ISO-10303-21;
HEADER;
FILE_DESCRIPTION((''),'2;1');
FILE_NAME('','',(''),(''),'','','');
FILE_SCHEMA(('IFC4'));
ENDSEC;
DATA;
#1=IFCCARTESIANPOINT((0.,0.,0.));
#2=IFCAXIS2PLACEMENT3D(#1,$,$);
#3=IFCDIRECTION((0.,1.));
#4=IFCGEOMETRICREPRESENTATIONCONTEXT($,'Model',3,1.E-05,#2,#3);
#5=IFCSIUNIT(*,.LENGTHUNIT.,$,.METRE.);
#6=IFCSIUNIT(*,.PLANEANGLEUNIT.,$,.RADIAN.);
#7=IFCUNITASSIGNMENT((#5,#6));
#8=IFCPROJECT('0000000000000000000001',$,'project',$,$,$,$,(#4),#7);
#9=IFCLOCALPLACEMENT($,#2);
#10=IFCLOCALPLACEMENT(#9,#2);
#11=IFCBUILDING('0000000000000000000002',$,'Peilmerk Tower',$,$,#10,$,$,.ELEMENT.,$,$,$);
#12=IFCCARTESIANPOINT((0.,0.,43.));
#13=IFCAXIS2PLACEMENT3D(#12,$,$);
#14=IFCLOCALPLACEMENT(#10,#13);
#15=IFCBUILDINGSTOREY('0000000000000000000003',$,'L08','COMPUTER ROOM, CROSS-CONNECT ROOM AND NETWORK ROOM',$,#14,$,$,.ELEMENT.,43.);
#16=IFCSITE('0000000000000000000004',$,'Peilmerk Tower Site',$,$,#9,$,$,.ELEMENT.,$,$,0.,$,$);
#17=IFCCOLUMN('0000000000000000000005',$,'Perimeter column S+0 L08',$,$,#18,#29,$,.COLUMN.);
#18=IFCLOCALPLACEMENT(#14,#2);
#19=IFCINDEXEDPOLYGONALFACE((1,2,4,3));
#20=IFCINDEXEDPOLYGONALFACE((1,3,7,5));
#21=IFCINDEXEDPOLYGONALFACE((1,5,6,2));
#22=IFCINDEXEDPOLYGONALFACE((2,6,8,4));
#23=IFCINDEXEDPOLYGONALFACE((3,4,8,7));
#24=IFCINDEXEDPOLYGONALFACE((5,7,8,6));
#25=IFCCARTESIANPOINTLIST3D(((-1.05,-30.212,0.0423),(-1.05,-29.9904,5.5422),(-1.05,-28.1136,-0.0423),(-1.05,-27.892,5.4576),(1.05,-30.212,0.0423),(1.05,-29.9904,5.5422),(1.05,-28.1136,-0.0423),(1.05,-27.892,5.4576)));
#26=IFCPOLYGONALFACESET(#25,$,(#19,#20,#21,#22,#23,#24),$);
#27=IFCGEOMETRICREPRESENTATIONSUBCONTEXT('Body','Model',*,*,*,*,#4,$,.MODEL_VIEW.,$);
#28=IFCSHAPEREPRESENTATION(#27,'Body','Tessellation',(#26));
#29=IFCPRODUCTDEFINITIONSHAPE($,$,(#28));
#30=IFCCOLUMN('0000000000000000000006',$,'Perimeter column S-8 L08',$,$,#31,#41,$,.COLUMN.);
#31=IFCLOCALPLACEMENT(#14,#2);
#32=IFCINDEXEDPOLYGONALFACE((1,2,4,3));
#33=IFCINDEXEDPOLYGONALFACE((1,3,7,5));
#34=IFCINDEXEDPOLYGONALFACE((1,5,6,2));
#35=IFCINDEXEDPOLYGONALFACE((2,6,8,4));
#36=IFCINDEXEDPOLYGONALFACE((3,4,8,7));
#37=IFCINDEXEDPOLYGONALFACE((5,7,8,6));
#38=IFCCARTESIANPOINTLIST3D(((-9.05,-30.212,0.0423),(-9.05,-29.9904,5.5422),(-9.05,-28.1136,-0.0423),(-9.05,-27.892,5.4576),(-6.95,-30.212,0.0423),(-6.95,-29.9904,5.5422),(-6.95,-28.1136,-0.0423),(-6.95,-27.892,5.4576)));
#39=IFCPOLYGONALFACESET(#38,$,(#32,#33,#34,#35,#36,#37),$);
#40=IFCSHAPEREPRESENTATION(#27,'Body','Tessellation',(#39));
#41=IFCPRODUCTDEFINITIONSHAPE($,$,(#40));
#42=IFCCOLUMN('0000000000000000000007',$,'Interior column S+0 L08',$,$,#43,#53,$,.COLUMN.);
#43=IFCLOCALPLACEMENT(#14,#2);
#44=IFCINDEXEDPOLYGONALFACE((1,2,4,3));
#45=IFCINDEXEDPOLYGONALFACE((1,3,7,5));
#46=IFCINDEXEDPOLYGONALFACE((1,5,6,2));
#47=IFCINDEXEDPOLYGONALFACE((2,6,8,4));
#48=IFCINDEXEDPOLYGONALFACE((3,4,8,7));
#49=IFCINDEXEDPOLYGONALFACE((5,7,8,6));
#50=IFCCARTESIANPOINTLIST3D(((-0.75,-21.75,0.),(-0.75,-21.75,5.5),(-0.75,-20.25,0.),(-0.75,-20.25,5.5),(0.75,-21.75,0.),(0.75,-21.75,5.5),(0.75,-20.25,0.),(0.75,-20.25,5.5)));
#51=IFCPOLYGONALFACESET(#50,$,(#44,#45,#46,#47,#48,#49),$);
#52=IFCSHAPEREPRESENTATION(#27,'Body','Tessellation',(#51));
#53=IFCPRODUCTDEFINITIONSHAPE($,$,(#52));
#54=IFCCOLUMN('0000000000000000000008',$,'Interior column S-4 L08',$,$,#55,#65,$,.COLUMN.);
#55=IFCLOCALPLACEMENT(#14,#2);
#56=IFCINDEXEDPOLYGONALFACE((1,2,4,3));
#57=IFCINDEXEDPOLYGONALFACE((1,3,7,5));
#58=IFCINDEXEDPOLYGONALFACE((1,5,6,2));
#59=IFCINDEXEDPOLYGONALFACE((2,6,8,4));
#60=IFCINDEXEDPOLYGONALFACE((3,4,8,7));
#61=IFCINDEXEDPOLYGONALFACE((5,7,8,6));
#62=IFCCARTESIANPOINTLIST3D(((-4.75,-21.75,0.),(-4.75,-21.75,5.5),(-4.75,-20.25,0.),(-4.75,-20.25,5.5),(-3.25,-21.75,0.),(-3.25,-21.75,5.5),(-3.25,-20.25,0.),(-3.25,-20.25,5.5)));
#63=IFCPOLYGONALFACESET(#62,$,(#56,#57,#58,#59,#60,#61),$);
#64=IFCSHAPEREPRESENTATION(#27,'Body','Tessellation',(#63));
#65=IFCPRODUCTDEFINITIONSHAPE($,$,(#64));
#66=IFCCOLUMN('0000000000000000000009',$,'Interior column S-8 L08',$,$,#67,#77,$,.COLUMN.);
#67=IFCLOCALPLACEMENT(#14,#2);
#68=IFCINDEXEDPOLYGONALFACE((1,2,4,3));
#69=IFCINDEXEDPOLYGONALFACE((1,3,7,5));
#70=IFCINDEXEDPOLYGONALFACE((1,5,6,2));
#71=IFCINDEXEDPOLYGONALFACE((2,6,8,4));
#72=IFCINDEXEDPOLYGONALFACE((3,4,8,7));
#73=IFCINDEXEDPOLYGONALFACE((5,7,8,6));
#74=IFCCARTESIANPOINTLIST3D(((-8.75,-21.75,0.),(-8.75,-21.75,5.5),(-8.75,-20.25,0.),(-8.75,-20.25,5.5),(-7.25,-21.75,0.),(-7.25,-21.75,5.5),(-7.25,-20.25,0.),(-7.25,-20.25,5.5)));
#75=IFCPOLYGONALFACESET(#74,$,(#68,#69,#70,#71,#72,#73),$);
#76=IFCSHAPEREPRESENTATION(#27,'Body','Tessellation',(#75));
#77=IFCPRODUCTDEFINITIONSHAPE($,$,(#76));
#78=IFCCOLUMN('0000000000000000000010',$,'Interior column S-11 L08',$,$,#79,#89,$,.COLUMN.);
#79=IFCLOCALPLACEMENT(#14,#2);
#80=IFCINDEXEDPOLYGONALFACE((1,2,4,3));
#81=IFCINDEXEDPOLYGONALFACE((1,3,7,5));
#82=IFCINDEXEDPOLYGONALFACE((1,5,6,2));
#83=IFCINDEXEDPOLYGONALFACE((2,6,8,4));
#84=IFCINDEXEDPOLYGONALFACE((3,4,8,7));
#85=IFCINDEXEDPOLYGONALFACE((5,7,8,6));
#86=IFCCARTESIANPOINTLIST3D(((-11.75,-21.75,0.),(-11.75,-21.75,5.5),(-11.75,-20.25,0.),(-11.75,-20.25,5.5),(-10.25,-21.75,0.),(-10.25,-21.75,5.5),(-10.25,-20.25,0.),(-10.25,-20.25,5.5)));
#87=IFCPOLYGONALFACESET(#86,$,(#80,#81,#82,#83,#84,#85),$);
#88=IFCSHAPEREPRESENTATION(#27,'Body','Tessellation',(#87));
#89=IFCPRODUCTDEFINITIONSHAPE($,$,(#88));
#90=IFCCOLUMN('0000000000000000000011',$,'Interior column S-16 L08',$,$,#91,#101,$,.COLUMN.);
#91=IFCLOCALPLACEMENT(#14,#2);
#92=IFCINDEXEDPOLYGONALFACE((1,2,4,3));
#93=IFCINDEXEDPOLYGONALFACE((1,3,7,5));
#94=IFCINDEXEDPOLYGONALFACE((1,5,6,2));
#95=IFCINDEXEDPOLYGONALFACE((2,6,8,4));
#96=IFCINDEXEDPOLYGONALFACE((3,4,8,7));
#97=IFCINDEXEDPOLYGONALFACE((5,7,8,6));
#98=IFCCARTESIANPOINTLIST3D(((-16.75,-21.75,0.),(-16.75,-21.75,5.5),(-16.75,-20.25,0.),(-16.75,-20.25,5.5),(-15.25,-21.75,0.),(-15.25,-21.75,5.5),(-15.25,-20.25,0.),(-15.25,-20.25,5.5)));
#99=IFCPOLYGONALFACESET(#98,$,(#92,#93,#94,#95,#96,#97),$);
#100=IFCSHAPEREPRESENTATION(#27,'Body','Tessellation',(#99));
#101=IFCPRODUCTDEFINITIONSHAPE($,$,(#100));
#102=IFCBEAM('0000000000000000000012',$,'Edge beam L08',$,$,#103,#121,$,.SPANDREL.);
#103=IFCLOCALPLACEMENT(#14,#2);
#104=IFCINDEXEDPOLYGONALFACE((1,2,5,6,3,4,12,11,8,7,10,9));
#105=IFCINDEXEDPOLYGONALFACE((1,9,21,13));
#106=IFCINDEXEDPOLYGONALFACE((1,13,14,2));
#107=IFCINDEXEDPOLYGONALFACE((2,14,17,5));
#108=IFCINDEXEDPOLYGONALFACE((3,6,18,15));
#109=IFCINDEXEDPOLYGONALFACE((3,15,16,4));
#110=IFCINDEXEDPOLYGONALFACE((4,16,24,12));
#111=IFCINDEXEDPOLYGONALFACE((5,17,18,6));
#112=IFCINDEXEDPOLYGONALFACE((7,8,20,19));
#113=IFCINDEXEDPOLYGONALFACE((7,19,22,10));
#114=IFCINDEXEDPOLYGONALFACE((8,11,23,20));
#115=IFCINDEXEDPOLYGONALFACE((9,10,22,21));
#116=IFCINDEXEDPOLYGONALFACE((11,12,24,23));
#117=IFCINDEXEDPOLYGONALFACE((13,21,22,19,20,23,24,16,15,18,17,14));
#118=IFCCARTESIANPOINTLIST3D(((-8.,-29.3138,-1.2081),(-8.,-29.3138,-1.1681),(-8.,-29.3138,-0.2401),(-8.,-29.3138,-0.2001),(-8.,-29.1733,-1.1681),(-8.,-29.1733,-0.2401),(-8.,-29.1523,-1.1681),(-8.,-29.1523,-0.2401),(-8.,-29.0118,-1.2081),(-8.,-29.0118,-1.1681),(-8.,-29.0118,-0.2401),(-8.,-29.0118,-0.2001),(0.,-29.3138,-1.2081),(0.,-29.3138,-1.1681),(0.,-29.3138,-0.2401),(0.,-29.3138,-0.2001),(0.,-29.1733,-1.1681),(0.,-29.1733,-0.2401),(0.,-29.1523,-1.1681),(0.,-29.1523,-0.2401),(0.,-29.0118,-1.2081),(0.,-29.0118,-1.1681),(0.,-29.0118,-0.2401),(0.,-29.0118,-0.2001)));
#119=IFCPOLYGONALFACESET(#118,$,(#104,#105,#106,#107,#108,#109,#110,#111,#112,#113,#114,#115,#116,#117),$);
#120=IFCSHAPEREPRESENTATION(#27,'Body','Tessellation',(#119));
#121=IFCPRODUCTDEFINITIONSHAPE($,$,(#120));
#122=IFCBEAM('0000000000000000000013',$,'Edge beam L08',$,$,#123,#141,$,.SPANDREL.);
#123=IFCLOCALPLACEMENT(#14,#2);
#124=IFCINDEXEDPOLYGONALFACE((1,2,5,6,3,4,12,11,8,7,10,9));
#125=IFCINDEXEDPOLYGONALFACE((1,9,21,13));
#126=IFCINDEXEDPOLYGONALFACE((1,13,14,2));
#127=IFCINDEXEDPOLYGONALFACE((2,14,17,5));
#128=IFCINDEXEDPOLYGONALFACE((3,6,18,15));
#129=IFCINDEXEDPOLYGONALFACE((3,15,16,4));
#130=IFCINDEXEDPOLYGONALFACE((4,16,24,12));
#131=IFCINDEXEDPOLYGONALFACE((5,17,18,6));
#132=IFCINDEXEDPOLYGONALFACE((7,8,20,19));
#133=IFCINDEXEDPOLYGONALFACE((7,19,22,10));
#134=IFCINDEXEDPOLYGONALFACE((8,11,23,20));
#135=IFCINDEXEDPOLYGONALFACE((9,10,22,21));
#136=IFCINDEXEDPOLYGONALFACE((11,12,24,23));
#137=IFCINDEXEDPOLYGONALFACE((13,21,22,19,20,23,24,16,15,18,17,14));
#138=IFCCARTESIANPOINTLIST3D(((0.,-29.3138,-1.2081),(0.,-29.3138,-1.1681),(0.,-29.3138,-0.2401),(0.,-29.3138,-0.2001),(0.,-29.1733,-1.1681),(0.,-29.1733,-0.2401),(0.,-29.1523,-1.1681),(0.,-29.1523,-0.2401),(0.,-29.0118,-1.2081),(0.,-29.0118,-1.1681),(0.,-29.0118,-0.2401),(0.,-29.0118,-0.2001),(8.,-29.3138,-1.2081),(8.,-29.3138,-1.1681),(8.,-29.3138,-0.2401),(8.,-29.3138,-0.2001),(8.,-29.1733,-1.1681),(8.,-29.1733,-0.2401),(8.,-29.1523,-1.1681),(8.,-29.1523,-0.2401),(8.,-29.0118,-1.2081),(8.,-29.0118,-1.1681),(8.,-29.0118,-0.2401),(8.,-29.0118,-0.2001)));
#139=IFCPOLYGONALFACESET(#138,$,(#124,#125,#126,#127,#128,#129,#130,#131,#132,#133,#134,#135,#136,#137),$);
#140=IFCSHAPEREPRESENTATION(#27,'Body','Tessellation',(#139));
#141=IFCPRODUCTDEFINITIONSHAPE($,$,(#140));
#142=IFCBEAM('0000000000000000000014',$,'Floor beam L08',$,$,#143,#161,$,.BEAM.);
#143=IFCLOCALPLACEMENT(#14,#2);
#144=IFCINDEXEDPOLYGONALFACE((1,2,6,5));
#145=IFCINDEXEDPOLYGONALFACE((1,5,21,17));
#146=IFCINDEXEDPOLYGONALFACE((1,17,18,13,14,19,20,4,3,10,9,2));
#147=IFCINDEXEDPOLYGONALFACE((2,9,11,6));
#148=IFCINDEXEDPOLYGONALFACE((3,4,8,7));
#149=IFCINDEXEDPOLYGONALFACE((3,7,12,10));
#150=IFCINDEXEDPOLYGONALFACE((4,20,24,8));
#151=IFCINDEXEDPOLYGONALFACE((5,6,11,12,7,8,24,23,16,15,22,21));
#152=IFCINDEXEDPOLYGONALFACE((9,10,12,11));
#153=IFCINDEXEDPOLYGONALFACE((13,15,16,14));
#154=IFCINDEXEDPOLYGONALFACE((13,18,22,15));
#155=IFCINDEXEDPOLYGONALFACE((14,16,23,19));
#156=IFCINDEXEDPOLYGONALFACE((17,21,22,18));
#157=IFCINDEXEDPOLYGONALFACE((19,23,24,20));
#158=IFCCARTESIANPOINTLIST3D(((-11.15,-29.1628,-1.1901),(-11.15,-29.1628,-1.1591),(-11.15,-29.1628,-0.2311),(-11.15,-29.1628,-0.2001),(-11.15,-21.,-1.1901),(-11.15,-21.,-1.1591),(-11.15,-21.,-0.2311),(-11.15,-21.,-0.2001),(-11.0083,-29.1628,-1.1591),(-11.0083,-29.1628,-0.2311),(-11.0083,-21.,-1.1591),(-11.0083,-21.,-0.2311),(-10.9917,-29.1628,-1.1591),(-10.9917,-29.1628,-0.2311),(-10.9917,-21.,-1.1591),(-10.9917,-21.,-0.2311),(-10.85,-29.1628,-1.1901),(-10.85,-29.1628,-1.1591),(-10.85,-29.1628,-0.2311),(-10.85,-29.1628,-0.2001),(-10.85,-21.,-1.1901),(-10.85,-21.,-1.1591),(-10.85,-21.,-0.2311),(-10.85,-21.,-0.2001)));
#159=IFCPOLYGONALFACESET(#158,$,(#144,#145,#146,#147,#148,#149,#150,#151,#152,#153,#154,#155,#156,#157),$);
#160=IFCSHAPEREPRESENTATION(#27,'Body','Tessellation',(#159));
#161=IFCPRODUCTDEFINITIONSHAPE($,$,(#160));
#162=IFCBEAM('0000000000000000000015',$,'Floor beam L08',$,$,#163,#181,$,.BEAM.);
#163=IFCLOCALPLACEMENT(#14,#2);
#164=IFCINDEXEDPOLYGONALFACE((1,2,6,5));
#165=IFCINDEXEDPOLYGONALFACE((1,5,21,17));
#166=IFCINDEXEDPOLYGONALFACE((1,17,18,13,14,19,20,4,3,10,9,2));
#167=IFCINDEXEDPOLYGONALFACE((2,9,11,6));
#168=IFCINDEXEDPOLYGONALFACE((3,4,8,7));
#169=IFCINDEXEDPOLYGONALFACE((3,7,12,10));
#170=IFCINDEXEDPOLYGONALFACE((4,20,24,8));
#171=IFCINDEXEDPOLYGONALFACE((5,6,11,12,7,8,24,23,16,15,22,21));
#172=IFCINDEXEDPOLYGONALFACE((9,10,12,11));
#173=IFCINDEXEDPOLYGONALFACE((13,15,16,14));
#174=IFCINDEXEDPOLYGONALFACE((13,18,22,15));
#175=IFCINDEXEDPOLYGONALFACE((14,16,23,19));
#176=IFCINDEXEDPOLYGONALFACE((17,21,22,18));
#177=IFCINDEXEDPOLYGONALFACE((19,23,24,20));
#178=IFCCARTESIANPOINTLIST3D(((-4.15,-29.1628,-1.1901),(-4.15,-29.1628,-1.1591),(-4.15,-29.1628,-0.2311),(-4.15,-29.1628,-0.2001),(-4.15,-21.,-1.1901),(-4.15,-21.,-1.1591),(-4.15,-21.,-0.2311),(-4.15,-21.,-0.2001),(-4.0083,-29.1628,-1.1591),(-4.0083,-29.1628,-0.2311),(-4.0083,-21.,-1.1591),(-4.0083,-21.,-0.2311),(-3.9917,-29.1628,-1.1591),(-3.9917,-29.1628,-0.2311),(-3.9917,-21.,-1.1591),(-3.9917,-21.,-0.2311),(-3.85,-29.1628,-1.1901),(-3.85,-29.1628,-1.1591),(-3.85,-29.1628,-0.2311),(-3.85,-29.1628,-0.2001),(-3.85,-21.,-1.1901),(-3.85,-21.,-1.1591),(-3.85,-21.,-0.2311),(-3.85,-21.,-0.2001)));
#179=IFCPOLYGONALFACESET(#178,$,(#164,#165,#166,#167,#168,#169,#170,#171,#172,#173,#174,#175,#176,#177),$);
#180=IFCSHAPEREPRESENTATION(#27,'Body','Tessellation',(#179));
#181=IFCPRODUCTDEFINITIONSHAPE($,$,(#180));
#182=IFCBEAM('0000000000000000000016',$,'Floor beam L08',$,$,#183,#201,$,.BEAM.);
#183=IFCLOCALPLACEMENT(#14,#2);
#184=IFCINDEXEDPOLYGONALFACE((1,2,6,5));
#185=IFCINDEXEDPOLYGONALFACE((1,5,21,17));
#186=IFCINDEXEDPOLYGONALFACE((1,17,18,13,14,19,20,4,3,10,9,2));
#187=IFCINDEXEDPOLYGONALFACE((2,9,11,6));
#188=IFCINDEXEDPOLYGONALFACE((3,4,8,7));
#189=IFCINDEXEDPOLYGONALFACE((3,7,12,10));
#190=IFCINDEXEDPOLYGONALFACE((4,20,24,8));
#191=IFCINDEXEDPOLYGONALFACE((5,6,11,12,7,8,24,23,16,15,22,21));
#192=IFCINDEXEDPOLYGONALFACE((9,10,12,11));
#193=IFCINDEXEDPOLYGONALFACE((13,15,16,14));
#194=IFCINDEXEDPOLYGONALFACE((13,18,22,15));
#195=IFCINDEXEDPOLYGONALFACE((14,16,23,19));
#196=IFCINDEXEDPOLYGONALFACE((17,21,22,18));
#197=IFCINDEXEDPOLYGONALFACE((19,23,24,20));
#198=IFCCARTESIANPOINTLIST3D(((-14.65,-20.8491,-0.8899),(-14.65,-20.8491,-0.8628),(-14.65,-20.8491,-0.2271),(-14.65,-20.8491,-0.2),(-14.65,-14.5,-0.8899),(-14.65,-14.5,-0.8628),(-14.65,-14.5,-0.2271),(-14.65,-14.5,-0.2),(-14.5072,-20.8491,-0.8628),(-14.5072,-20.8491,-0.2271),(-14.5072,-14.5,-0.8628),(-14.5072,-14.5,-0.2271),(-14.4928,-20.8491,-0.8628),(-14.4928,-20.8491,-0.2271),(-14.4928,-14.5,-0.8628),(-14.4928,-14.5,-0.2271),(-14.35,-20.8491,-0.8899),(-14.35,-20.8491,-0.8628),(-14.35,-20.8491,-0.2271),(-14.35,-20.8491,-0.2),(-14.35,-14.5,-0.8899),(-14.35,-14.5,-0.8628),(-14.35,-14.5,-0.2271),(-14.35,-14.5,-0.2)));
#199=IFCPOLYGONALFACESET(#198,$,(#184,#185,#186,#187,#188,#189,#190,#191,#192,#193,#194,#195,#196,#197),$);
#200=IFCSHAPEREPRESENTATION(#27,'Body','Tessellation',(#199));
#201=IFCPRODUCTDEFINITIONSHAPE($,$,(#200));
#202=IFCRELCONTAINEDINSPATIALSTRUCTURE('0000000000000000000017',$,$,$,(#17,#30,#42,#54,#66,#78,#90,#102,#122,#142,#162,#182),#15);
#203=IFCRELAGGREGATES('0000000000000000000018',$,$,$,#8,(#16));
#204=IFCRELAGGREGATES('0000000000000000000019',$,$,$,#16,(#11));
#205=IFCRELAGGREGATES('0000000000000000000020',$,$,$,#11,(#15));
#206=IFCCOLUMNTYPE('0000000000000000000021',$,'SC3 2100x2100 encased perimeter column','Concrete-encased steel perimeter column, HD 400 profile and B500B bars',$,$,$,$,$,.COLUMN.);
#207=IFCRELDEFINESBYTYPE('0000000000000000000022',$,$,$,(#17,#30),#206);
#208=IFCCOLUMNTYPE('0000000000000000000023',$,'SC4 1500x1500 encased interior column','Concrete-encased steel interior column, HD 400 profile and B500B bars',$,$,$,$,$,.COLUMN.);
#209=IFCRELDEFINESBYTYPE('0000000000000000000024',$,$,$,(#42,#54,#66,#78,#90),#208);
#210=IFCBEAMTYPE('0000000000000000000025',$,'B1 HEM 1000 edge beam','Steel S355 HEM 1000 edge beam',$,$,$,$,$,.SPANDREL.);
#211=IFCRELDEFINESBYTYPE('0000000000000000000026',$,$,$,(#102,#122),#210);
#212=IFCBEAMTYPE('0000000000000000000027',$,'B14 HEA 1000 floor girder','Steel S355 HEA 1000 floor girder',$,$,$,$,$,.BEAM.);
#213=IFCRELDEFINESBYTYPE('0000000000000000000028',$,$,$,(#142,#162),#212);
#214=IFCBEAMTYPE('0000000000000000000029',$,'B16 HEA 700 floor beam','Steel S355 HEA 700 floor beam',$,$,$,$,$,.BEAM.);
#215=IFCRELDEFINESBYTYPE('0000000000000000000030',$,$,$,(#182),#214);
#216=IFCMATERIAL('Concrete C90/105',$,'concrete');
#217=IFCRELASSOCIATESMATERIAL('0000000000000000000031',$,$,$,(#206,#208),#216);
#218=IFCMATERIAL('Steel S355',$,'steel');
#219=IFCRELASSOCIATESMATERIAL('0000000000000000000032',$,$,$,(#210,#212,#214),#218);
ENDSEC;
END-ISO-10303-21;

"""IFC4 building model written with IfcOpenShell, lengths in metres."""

from ifc_helpers import new_model, si_unit, direction, frame, origin, origin_2d, place, context, subcontext, project, spatial, rectangle, i_section, extrude, material, material_profile, profile_set, type_object, element, save


model = new_model("IFC4")

# Units and contexts
model_context = context("Model", 3, precision=1e-05, world=origin(), true_north=direction((0.0, 1.0)))
body_context = subcontext(model_context, "Body", "Model", "MODEL_VIEW")
ifc_project = project(units=[si_unit("LENGTHUNIT", "METRE"), si_unit("PLANEANGLEUNIT", "RADIAN")], contexts=[model_context])

# Site, building, storey
site_placement = place(None, origin())
site = spatial("IfcSite", under=ifc_project, at=site_placement, Name="Peilmerk Tower Site", CompositionType="ELEMENT", RefElevation=0.0)
building_placement = place(site_placement, origin())
building = spatial("IfcBuilding", under=site, at=building_placement, Name="Peilmerk Tower", CompositionType="ELEMENT")
storey_placement = place(building_placement, frame((0.0, 0.0, 43.0)))
storey = spatial("IfcBuildingStorey", under=building, at=storey_placement, Name="L08", Description="COMPUTER ROOM, CROSS-CONNECT ROOM AND NETWORK ROOM", CompositionType="ELEMENT", Elevation=43.0)

# Columns
ifc_material_1 = material(Name="Concrete C90/105", Category="concrete")
ifc_material_profile_1 = material_profile(ifc_material_1, rectangle(XDim=2.1001, YDim=2.1001, at=origin_2d()), Name="RC 2100x2100")
ifc_profile_set_1 = profile_set([ifc_material_profile_1], Name="Concrete C90/105")
column_type_1 = type_object("IfcColumnType", Name="SC3 2100x2100 encased perimeter column", Description="Concrete-encased steel perimeter column, HD 400 profile and B500B bars", PredefinedType="COLUMN", material=ifc_profile_set_1)
for number, where, z_axis, x_axis, name in (
    (1, (0.0, -29.1628, 0.0), (0.0, 0.040273, 0.999189), (-1.0, 0.0, 0.0), "Perimeter column S+0 L08"),
    (2, (-8.0, -29.1628, 0.0), (0.0, 0.040273, 0.999189), (-1.0, 0.0, 0.0), "Perimeter column S-8 L08"),
):
    element("IfcColumn", number, at=place(storey_placement, frame(where, z_axis=z_axis, x_axis=x_axis)), inside=storey, type_object=column_type_1, Name=name, PredefinedType="COLUMN", context=body_context, shape_type="SweptSolid", body=[
        extrude(rectangle(XDim=2.1001, YDim=2.1001, at=origin_2d()), origin(), (0.0, 0.0, 1.0), 5.5044),
    ])
ifc_material_profile_2 = material_profile(ifc_material_1, rectangle(XDim=1.5, YDim=1.5, at=origin_2d()), Name="RC 1500x1500")
ifc_profile_set_2 = profile_set([ifc_material_profile_2], Name="Concrete C90/105")
column_type_2 = type_object("IfcColumnType", Name="SC4 1500x1500 encased interior column", Description="Concrete-encased steel interior column, HD 400 profile and B500B bars", PredefinedType="COLUMN", material=ifc_profile_set_2)
for number, where, z_axis, x_axis, name in (
    (3, (0.0, -21.0, 0.0), (0.0, 0.0, 1.0), (1.0, 0.0, 0.0), "Interior column S+0 L08"),
    (4, (-4.0, -21.0, 0.0), (0.0, 0.0, 1.0), (1.0, 0.0, 0.0), "Interior column S-4 L08"),
    (5, (-8.0, -21.0, 0.0), (0.0, 0.0, 1.0), (1.0, 0.0, 0.0), "Interior column S-8 L08"),
    (6, (-11.0, -21.0, 0.0), (0.0, 0.0, 1.0), (1.0, 0.0, 0.0), "Interior column S-11 L08"),
    (7, (-16.0, -21.0, 0.0), (0.0, 0.0, 1.0), (1.0, 0.0, 0.0), "Interior column S-16 L08"),
):
    element("IfcColumn", number, at=place(storey_placement, frame(where, z_axis=z_axis, x_axis=x_axis)), inside=storey, type_object=column_type_2, Name=name, PredefinedType="COLUMN", context=body_context, shape_type="SweptSolid", body=[
        extrude(rectangle(XDim=1.5, YDim=1.5, at=origin_2d()), origin(), (0.0, 0.0, 1.0), 5.5),
    ])

# Beams
ifc_material_2 = material(Name="Steel S355", Category="steel")
ifc_material_profile_3 = material_profile(ifc_material_2, i_section(OverallWidth=0.302, OverallDepth=1.0081, WebThickness=0.021, FlangeThickness=0.04, at=origin_2d()), Name="HEM 1000")
ifc_profile_set_3 = profile_set([ifc_material_profile_3], Name="Steel S355")
beam_type_1 = type_object("IfcBeamType", Name="B1 HEM 1000 edge beam", Description="Steel S355 HEM 1000 edge beam", PredefinedType="SPANDREL", material=ifc_profile_set_3)
for number, where, z_axis, x_axis, name in (
    (8, (-8.0, -29.1628, -0.7041), (1.0, 0.0, 0.0), (0.0, 1.0, 0.0), "Edge beam L08"),
    (9, (0.0, -29.1628, -0.7041), (1.0, 0.0, 0.0), (0.0, 1.0, 0.0), "Edge beam L08"),
):
    element("IfcBeam", number, at=place(storey_placement, frame(where, z_axis=z_axis, x_axis=x_axis)), inside=storey, type_object=beam_type_1, Name=name, PredefinedType="SPANDREL", context=body_context, shape_type="SweptSolid", body=[
        extrude(i_section(OverallWidth=0.302, OverallDepth=1.0081, WebThickness=0.021, FlangeThickness=0.04, at=origin_2d()), origin(), (0.0, 0.0, 1.0), 8.0),
    ])
ifc_material_profile_4 = material_profile(ifc_material_2, i_section(OverallWidth=0.3, OverallDepth=0.99, WebThickness=0.0166, FlangeThickness=0.031, at=origin_2d()), Name="HEA 1000")
ifc_profile_set_4 = profile_set([ifc_material_profile_4], Name="Steel S355")
beam_type_2 = type_object("IfcBeamType", Name="B14 HEA 1000 floor girder", Description="Steel S355 HEA 1000 floor girder", PredefinedType="BEAM", material=ifc_profile_set_4)
for number, where, z_axis, x_axis, name in (
    (10, (-11.0, -21.0, -0.6951), (0.0, -1.0, 0.0), (1.0, 0.0, 0.0), "Floor beam L08"),
    (11, (-4.0, -21.0, -0.6951), (0.0, -1.0, 0.0), (1.0, 0.0, 0.0), "Floor beam L08"),
):
    element("IfcBeam", number, at=place(storey_placement, frame(where, z_axis=z_axis, x_axis=x_axis)), inside=storey, type_object=beam_type_2, Name=name, PredefinedType="BEAM", context=body_context, shape_type="SweptSolid", body=[
        extrude(i_section(OverallWidth=0.3, OverallDepth=0.99, WebThickness=0.0166, FlangeThickness=0.031, at=origin_2d()), origin(), (0.0, 0.0, 1.0), 8.1628),
    ])
ifc_material_profile_5 = material_profile(ifc_material_2, i_section(OverallWidth=0.3, OverallDepth=0.6899, WebThickness=0.0144, FlangeThickness=0.0271, at=origin_2d()), Name="HEA 700")
ifc_profile_set_5 = profile_set([ifc_material_profile_5], Name="Steel S355")
beam_type_3 = type_object("IfcBeamType", Name="B16 HEA 700 floor beam", Description="Steel S355 HEA 700 floor beam", PredefinedType="BEAM", material=ifc_profile_set_5)
for number, where, z_axis, x_axis, name in (
    (12, (-14.5, -14.5, -0.5449), (0.0, -1.0, 0.0), (1.0, 0.0, 0.0), "Floor beam L08"),
):
    element("IfcBeam", number, at=place(storey_placement, frame(where, z_axis=z_axis, x_axis=x_axis)), inside=storey, type_object=beam_type_3, Name=name, PredefinedType="BEAM", context=body_context, shape_type="SweptSolid", body=[
        extrude(i_section(OverallWidth=0.3, OverallDepth=0.6899, WebThickness=0.0144, FlangeThickness=0.0271, at=origin_2d()), origin(), (0.0, 0.0, 1.0), 6.3491),
    ])

save(model, "model.ifc")
